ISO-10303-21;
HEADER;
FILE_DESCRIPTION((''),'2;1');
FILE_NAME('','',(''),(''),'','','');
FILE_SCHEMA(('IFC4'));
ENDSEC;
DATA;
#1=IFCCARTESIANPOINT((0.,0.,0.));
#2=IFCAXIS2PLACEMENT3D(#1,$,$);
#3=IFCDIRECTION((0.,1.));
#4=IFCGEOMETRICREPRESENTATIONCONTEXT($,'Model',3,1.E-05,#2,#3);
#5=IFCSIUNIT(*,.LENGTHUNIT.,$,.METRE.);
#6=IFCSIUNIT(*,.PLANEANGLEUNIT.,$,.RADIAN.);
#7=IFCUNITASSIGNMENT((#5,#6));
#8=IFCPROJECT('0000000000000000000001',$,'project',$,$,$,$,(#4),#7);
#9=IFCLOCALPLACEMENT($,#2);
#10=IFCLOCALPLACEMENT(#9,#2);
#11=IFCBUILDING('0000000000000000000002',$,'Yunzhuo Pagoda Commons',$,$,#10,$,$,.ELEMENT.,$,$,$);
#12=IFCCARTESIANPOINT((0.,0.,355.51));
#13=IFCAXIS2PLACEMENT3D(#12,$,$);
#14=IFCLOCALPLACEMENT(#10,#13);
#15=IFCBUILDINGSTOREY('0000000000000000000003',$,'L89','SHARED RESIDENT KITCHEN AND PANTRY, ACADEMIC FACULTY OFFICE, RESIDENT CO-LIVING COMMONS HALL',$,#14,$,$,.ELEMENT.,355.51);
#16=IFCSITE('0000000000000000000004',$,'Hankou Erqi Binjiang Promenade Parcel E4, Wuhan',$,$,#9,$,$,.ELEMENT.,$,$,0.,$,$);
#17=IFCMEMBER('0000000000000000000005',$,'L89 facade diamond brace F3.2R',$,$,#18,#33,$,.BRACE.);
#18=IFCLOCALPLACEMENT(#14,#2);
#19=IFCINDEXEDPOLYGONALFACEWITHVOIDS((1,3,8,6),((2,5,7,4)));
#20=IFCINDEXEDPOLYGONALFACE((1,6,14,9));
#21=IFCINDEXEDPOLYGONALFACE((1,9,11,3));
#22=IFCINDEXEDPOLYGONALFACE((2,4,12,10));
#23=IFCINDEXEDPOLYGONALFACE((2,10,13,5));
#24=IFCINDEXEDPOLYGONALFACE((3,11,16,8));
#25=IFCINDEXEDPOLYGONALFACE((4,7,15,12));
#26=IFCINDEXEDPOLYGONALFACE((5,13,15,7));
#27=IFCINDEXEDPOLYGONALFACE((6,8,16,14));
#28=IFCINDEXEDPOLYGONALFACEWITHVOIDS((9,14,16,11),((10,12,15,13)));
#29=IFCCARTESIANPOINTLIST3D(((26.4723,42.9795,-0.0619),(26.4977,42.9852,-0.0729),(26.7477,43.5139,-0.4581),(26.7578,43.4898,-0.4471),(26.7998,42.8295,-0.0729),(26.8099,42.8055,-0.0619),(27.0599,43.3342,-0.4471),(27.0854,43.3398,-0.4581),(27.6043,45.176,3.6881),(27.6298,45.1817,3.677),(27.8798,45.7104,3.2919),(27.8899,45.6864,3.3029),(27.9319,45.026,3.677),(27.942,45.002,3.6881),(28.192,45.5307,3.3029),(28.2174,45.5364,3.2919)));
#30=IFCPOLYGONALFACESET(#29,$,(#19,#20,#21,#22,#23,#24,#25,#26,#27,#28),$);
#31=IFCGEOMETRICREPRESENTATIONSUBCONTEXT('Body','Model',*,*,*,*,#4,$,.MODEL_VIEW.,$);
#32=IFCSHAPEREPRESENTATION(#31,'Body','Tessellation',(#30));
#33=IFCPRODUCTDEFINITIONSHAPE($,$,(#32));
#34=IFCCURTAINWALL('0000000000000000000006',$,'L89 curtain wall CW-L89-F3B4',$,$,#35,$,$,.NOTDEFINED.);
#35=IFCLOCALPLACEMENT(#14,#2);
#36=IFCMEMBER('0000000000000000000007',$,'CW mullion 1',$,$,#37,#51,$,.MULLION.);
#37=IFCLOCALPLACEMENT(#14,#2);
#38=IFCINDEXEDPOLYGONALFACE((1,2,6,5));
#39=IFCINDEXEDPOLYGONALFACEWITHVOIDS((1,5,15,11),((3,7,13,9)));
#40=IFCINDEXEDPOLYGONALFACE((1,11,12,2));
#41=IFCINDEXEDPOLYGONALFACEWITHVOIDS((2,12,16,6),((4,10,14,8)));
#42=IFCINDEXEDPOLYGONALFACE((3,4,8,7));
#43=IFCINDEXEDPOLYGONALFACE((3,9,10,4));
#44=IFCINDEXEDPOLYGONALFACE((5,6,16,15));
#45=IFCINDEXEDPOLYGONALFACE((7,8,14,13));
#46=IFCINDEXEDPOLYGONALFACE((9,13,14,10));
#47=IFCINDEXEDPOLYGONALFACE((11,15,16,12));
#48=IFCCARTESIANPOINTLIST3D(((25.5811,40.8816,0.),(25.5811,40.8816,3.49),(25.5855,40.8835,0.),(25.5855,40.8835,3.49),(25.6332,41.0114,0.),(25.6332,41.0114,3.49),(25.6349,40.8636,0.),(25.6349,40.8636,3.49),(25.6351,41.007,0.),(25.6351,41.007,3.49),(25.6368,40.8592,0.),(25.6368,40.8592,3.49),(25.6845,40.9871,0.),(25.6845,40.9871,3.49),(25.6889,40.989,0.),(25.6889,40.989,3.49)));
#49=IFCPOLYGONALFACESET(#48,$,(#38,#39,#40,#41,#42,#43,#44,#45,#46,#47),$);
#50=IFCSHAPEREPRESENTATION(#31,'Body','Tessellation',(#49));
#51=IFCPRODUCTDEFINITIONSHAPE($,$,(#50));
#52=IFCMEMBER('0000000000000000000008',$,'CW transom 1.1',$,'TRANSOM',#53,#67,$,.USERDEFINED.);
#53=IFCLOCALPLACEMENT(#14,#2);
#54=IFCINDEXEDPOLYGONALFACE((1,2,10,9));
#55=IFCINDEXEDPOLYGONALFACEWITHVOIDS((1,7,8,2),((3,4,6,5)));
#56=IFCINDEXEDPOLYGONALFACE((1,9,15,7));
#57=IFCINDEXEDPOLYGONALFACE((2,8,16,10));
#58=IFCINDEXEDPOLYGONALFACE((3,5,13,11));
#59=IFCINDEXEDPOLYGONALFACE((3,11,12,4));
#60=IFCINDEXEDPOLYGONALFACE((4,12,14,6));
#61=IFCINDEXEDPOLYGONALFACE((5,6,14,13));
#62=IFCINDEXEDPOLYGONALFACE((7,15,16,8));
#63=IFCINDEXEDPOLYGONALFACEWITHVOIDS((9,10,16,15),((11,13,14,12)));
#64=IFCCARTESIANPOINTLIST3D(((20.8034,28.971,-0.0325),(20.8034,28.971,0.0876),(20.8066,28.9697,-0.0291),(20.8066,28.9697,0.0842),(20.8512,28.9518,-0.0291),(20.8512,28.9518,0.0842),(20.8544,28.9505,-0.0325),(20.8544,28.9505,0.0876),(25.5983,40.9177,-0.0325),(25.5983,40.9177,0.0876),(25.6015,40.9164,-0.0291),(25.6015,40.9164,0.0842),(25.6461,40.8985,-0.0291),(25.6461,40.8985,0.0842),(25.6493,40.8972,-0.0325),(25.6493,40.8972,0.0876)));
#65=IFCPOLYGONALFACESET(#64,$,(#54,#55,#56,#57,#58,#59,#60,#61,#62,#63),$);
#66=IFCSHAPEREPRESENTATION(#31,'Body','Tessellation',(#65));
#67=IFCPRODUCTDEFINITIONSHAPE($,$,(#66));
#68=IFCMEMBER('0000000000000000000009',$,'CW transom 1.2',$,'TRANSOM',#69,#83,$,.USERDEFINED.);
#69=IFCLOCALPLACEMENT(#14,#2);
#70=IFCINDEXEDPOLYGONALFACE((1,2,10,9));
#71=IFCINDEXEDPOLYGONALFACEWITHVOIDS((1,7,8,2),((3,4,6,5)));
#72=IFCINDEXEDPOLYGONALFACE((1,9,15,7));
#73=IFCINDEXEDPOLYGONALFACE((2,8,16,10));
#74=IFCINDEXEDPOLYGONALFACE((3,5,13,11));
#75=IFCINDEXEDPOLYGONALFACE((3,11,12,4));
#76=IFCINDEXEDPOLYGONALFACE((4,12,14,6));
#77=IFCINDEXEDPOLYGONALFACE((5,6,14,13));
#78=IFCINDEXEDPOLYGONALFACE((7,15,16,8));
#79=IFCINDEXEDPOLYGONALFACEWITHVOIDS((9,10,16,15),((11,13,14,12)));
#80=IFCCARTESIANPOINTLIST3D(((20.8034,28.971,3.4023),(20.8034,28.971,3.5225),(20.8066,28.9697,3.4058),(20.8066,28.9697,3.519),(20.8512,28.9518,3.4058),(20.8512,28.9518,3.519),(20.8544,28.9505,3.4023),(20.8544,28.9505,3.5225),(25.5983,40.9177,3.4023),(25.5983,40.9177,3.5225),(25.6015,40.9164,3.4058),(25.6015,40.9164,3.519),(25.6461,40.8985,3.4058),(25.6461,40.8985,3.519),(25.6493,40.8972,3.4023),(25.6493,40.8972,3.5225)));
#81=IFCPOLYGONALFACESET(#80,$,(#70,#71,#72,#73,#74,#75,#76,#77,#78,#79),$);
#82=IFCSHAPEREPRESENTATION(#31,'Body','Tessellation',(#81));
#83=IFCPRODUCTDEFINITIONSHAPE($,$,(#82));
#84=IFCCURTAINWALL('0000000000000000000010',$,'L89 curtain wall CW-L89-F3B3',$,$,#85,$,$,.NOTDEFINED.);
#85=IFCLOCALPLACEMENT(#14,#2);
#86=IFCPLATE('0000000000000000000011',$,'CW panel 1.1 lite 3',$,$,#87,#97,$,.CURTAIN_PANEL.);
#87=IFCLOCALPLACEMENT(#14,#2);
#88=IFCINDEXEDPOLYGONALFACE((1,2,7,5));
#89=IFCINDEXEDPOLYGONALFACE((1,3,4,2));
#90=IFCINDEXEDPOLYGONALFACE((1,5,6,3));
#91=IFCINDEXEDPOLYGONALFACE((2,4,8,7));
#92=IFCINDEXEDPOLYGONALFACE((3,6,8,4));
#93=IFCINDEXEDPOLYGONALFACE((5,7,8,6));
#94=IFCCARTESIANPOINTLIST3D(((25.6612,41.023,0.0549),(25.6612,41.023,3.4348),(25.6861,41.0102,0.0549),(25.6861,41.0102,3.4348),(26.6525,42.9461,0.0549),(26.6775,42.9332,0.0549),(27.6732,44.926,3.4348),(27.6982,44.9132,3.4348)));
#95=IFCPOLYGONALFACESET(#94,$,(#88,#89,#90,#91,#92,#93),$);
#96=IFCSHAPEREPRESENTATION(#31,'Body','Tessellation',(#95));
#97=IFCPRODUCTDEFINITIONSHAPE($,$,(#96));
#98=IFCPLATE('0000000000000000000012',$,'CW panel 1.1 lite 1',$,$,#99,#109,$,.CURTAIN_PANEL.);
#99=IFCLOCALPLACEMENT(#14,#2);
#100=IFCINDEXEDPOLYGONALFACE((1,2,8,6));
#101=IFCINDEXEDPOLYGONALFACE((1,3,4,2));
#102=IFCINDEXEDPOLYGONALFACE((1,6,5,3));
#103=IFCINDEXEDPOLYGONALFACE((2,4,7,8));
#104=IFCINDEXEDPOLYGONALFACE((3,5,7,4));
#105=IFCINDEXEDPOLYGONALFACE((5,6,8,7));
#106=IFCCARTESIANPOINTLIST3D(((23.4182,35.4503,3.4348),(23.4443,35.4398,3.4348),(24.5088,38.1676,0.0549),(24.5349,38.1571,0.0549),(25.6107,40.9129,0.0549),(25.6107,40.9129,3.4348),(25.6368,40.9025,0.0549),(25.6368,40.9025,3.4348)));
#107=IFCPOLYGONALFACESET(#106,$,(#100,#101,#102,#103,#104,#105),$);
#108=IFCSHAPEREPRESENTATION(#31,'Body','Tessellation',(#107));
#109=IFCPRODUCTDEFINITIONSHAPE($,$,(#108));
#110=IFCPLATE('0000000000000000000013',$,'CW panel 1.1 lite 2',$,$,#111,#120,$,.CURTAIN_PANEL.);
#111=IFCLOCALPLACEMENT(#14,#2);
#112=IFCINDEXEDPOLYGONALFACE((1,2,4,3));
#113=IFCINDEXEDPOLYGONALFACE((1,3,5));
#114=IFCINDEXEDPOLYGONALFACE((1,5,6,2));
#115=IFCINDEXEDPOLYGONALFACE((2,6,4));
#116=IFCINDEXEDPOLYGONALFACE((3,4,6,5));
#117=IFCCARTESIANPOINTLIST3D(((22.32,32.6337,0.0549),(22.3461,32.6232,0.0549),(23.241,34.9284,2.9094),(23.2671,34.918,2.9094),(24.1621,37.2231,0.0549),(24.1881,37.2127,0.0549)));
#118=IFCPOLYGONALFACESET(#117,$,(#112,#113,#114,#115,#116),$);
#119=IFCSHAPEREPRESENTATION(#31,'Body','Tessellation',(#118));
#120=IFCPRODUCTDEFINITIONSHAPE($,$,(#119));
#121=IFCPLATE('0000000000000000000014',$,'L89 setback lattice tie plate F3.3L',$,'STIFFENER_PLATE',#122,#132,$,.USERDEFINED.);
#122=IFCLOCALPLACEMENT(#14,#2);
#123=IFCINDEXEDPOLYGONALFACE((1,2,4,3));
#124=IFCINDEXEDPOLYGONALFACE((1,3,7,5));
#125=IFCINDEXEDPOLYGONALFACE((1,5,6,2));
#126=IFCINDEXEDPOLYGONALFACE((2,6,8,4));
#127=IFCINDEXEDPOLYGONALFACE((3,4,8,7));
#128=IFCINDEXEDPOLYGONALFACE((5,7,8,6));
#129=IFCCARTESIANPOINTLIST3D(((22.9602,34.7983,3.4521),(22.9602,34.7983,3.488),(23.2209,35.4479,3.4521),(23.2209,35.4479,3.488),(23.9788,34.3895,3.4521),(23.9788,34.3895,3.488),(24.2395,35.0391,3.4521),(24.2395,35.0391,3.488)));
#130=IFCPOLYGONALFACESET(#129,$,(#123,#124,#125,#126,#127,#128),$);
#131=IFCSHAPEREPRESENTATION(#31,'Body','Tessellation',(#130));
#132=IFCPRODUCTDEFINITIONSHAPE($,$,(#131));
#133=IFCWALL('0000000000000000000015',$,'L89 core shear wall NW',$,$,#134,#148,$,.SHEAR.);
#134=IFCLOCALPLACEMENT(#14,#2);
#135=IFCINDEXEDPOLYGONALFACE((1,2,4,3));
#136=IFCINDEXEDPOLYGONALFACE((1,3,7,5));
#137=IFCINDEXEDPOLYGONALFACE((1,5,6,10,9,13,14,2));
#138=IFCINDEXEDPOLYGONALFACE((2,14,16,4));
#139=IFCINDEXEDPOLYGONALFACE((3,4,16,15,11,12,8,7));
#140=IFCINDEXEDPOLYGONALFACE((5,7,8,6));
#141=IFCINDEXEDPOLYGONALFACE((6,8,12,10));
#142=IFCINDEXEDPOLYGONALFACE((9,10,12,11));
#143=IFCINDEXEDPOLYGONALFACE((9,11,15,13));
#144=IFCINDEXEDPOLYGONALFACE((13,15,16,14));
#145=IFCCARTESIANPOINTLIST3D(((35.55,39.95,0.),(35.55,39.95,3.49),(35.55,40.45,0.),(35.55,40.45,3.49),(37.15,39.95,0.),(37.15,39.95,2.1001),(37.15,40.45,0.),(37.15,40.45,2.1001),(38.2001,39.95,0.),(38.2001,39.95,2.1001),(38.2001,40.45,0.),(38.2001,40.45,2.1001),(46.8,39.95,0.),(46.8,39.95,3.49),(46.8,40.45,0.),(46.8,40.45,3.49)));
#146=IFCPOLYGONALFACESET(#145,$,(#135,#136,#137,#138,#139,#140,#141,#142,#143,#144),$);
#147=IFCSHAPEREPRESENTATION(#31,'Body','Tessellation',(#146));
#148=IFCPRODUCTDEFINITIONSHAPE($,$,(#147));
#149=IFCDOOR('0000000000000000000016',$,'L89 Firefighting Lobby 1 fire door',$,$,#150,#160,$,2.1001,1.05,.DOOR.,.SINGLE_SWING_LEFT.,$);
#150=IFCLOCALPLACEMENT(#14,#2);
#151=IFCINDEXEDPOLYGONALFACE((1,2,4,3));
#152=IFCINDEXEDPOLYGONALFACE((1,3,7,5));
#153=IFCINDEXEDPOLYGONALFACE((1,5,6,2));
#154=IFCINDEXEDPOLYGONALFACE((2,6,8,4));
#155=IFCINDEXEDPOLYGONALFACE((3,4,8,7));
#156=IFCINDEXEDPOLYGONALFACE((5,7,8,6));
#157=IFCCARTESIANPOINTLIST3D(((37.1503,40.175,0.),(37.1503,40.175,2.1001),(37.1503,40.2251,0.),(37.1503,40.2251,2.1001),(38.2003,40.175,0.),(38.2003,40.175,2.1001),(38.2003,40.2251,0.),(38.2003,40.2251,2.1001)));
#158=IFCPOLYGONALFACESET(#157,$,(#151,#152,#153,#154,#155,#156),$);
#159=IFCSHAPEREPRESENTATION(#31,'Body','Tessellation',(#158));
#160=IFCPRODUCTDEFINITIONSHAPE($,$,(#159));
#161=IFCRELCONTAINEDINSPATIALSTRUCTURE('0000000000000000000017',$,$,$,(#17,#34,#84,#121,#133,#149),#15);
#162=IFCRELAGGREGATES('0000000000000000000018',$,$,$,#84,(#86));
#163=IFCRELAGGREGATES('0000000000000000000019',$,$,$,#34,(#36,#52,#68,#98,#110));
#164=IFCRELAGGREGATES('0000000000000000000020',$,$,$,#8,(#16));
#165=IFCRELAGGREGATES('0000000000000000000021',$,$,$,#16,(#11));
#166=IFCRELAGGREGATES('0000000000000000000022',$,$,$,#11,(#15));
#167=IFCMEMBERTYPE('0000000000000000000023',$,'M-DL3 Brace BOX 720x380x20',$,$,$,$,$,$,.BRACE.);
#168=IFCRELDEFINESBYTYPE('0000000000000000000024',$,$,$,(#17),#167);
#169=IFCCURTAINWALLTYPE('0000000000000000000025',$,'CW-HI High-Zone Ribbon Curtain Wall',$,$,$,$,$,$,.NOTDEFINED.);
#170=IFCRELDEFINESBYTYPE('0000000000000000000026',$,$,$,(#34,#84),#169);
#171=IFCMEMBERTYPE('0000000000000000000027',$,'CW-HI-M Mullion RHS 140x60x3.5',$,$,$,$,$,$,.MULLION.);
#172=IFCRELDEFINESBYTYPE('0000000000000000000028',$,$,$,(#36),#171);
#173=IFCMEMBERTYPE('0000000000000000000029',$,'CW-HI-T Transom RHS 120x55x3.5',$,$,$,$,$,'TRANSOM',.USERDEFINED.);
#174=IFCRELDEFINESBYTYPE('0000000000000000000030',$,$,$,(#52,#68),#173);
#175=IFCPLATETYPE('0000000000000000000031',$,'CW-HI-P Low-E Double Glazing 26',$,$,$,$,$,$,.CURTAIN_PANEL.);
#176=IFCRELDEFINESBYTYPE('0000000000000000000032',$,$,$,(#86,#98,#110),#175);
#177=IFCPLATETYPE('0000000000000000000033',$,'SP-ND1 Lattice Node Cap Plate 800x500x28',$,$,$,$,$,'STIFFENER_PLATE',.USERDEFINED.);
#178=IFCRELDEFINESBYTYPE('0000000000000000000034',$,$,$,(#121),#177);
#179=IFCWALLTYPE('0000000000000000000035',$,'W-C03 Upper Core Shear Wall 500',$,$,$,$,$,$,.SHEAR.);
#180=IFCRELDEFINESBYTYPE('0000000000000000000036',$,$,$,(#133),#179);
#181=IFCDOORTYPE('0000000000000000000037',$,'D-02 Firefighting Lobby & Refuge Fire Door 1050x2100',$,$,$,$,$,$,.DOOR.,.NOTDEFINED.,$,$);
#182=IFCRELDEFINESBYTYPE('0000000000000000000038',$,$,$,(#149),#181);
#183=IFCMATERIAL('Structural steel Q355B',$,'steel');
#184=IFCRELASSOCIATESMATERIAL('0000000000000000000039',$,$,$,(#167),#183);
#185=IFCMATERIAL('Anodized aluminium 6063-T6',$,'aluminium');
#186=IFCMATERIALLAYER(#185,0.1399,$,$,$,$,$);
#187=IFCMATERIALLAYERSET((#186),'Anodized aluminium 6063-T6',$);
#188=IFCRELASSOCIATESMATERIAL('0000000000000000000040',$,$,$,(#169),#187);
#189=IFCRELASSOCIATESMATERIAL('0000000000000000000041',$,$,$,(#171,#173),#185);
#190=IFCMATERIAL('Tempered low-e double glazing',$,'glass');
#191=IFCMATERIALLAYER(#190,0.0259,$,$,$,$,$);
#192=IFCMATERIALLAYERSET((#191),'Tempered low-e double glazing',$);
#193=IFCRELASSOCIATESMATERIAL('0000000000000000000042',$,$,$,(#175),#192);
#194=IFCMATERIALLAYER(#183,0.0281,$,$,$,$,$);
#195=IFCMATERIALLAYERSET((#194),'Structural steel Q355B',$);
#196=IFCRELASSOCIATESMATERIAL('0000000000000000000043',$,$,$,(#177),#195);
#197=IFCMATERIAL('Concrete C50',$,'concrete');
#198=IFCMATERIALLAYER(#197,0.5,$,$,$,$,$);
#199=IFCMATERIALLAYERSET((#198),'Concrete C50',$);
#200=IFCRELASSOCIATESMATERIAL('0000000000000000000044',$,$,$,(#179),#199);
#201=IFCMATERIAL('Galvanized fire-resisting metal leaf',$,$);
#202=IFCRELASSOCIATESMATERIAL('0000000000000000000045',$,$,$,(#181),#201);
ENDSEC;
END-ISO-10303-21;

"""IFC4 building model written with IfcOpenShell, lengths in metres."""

from ifc_helpers import new_model, si_unit, direction, frame, frame_2d, origin, origin_2d, place, context, subcontext, project, spatial, polyline, rectangle, hollow_rectangle, outline, extrude, source, transform, mapped, material, layer, layer_set, material_profile, profile_set, type_object, element, fill, aggregate, save


model = new_model("IFC4")

# Units and contexts
model_context = context("Model", 3, precision=1e-05, world=origin(), true_north=direction((0.0, 1.0)))
body_context = subcontext(model_context, "Body", "Model", "MODEL_VIEW")
ifc_project = project(units=[si_unit("LENGTHUNIT", "METRE"), si_unit("PLANEANGLEUNIT", "RADIAN")], contexts=[model_context])

# Site, building, storey
site_placement = place(None, origin())
site = spatial("IfcSite", under=ifc_project, at=site_placement, Name="Hankou Erqi Binjiang Promenade Parcel E4, Wuhan", CompositionType="ELEMENT", RefElevation=0.0)
building_placement = place(site_placement, origin())
building = spatial("IfcBuilding", under=site, at=building_placement, Name="Yunzhuo Pagoda Commons", CompositionType="ELEMENT")
storey_placement = place(building_placement, frame((0.0, 0.0, 355.51)))
storey = spatial("IfcBuildingStorey", under=building, at=storey_placement, Name="L89", Description="SHARED RESIDENT KITCHEN AND PANTRY, ACADEMIC FACULTY OFFICE, RESIDENT CO-LIVING COMMONS HALL", CompositionType="ELEMENT", Elevation=355.51)

# Shared definitions
ifc_material_1 = material(Name="Structural steel Q355B", Category="steel")

# Member
ifc_material_profile_1 = material_profile(ifc_material_1, hollow_rectangle(XDim=0.3799, YDim=0.72, WallThickness=0.02, at=origin_2d()), Name="Structural steel Q355B")
ifc_profile_set_1 = profile_set([ifc_material_profile_1], Name="Structural steel Q355B")
member_type_1 = type_object("IfcMemberType", Name="M-DL3 Brace BOX 720x380x20", PredefinedType="BRACE", material=ifc_profile_set_1)
shared_shape_1 = source(origin(), body_context, "Body", "SweptSolid", [
    extrude(hollow_rectangle(XDim=0.3799, YDim=0.72, WallThickness=0.02, at=origin_2d()), origin(), (0.0, 0.0, 1.0), 4.491),
])
member_1_placement = place(storey_placement, frame((26.7788, 43.1597, -0.26), z_axis=(0.252079, 0.489099, 0.835008), x_axis=(-0.888887, 0.458127, 0.0)))
element("IfcMember", 1, at=member_1_placement, inside=storey, type_object=member_type_1, Name="L89 facade diamond brace F3.2R", PredefinedType="BRACE", context=body_context, shape_type="MappedRepresentation", body=[
    mapped(shared_shape_1, transform((0.0, 0.0, 0.0), scale=1.0)),
])

# Curtain wall, members
ifc_material_2 = material(Name="Anodized aluminium 6063-T6", Category="aluminium")
ifc_layer_1 = layer(ifc_material_2, 0.1399)
ifc_layer_set_1 = layer_set([ifc_layer_1], Name="Anodized aluminium 6063-T6")
curtain_wall_type = type_object("IfcCurtainWallType", Name="CW-HI High-Zone Ribbon Curtain Wall", PredefinedType="NOTDEFINED", material=ifc_layer_set_1)
curtain_wall_1_placement = place(storey_placement, origin())
curtain_wall_1 = element("IfcCurtainWall", 2, at=curtain_wall_1_placement, inside=storey, type_object=curtain_wall_type, Name="L89 curtain wall CW-L89-F3B4", PredefinedType="NOTDEFINED")
ifc_material_profile_2 = material_profile(ifc_material_2, hollow_rectangle(XDim=0.0601, YDim=0.1399, WallThickness=0.0034, at=origin_2d()), Name="Anodized aluminium 6063-T6")
ifc_profile_set_2 = profile_set([ifc_material_profile_2], Name="Anodized aluminium 6063-T6")
member_type_2 = type_object("IfcMemberType", Name="CW-HI-M Mullion RHS 140x60x3.5", PredefinedType="MULLION", material=ifc_profile_set_2)
shared_shape_2 = source(origin(), body_context, "Body", "SweptSolid", [
    extrude(hollow_rectangle(XDim=0.0601, YDim=0.1399, WallThickness=0.0034, at=origin_2d()), origin(), (0.0, 0.0, 1.0), 3.49),
])
member_2_placement = place(storey_placement, frame((25.635, 40.9353, 0.0), z_axis=(0.0, 0.0, 1.0), x_axis=(0.928039, -0.372483, 0.0)))
member_2 = element("IfcMember", 3, at=member_2_placement, type_object=member_type_2, Name="CW mullion 1", PredefinedType="MULLION", context=body_context, shape_type="MappedRepresentation", body=[
    mapped(shared_shape_2, transform((0.0, 0.0, 0.0), scale=1.0)),
])
ifc_material_profile_3 = material_profile(ifc_material_2, hollow_rectangle(XDim=0.0549, YDim=0.1201, WallThickness=0.0034, at=origin_2d()), Name="Anodized aluminium 6063-T6")
ifc_profile_set_3 = profile_set([ifc_material_profile_3], Name="Anodized aluminium 6063-T6")
member_type_3 = type_object("IfcMemberType", Name="CW-HI-T Transom RHS 120x55x3.5", ElementType="TRANSOM", PredefinedType="USERDEFINED", material=ifc_profile_set_3)
shared_shape_3 = source(origin(), body_context, "Body", "SweptSolid", [
    extrude(hollow_rectangle(XDim=0.0549, YDim=0.1201, WallThickness=0.0034, at=origin_2d()), origin(), (0.0, 0.0, 1.0), 12.873),
])
member_3_placement = place(storey_placement, frame((25.6238, 40.9075, 0.0276), z_axis=(-0.372476, -0.928042, 0.0), x_axis=(0.928042, -0.372476, 0.0)))
member_3 = element("IfcMember", 4, at=member_3_placement, type_object=member_type_3, Name="CW transom 1.1", ObjectType="TRANSOM", PredefinedType="USERDEFINED", context=body_context, shape_type="MappedRepresentation", body=[
    mapped(shared_shape_3, transform((0.0, 0.0, 0.0), scale=1.0)),
])
member_4_placement = place(storey_placement, frame((25.6238, 40.9075, 3.4624), z_axis=(-0.372476, -0.928042, 0.0), x_axis=(0.928042, -0.372476, 0.0)))
member_4 = element("IfcMember", 5, at=member_4_placement, type_object=member_type_3, Name="CW transom 1.2", ObjectType="TRANSOM", PredefinedType="USERDEFINED", context=body_context, shape_type="MappedRepresentation", body=[
    mapped(shared_shape_3, transform((0.0, 0.0, 0.0), scale=1.0)),
])

# Curtain wall, plate
curtain_wall_2_placement = place(storey_placement, origin())
curtain_wall_2 = element("IfcCurtainWall", 6, at=curtain_wall_2_placement, inside=storey, type_object=curtain_wall_type, Name="L89 curtain wall CW-L89-F3B3", PredefinedType="NOTDEFINED")
ifc_material_3 = material(Name="Tempered low-e double glazing", Category="glass")
ifc_layer_2 = layer(ifc_material_3, 0.0259)
ifc_layer_set_2 = layer_set([ifc_layer_2], Name="Tempered low-e double glazing")
plate_type_1 = type_object("IfcPlateType", Name="CW-HI-P Low-E Double Glazing 26", PredefinedType="CURTAIN_PANEL", material=ifc_layer_set_2)
plate_1_placement = place(storey_placement, frame((26.6921, 42.9617, 1.7449), z_axis=(-0.888846, 0.458207, 0.0), x_axis=(-0.458207, -0.888846, 0.0)))
plate_1 = element("IfcPlate", 7, at=plate_1_placement, type_object=plate_type_1, Name="CW panel 1.1 lite 3", PredefinedType="CURTAIN_PANEL", context=body_context, shape_type="SweptSolid", body=[
    extrude(outline(polyline([(-2.1956, 1.6899), (0.032, -1.6899), (2.1956, -1.6899), (2.1956, 1.6899), (-2.1956, 1.6899)])), origin(), (0.0, 0.0, 1.0), 0.0281),
])
aggregate(curtain_wall_2, [plate_1])

# Plates
plate_2_placement = place(storey_placement, frame((24.5405, 38.1711, 1.7449), z_axis=(-0.928039, 0.372483, 0.0), x_axis=(-0.372483, -0.928039, 0.0)))
plate_2 = element("IfcPlate", 8, at=plate_2_placement, type_object=plate_type_1, Name="CW panel 1.1 lite 1", PredefinedType="CURTAIN_PANEL", context=body_context, shape_type="SweptSolid", body=[
    extrude(outline(polyline([(-2.9431, -1.6899), (0.0151, -1.6899), (2.9431, 1.6899), (-2.9431, 1.6899), (-2.9431, -1.6899)])), origin(), (0.0, 0.0, 1.0), 0.0281),
])
plate_3_placement = place(storey_placement, frame((23.2671, 34.918, 1.4822), z_axis=(-0.928039, 0.372483, 0.0), x_axis=(-0.372483, -0.928039, 0.0)))
plate_3 = element("IfcPlate", 9, at=plate_3_placement, type_object=plate_type_1, Name="CW panel 1.1 lite 2", PredefinedType="CURTAIN_PANEL", context=body_context, shape_type="SweptSolid", body=[
    extrude(outline(polyline([(-2.4727, -1.4272), (2.4727, -1.4272), (0.0, 1.4272), (-2.4727, -1.4272)])), origin(), (0.0, 0.0, 1.0), 0.0281),
])
aggregate(curtain_wall_1, [member_2, member_3, member_4, plate_2, plate_3])
ifc_layer_3 = layer(ifc_material_1, 0.0281)
ifc_layer_set_3 = layer_set([ifc_layer_3], Name="Structural steel Q355B")
plate_type_2 = type_object("IfcPlateType", Name="SP-ND1 Lattice Node Cap Plate 800x500x28", ElementType="STIFFENER_PLATE", PredefinedType="USERDEFINED", material=ifc_layer_set_3)
shared_shape_4 = source(origin(), body_context, "Body", "SweptSolid", [
    extrude(rectangle(XDim=0.7, YDim=1.0977, at=origin_2d()), origin(), (0.0, 0.0, 1.0), 0.0359),
])
plate_4_placement = place(storey_placement, frame((23.5999, 34.9187, 3.4521), z_axis=(0.0, 0.0, 1.0), x_axis=(-0.372486, -0.928038, 0.0)))
element("IfcPlate", 10, at=plate_4_placement, inside=storey, type_object=plate_type_2, Name="L89 setback lattice tie plate F3.3L", ObjectType="STIFFENER_PLATE", PredefinedType="USERDEFINED", context=body_context, shape_type="MappedRepresentation", body=[
    mapped(shared_shape_4, transform((0.0, 0.0, 0.0), scale=1.0)),
])

# Wall, opening, door
ifc_material_4 = material(Name="Concrete C50", Category="concrete")
ifc_layer_4 = layer(ifc_material_4, 0.5)
ifc_layer_set_4 = layer_set([ifc_layer_4], Name="Concrete C50")
wall_type_1 = type_object("IfcWallType", Name="W-C03 Upper Core Shear Wall 500", PredefinedType="SHEAR", material=ifc_layer_set_4)
wall_1_placement = place(storey_placement, frame((35.55, 40.2, 0.0), z_axis=(0.0, 0.0, 1.0), x_axis=(1.0, 0.0, 0.0)))
wall_1 = element("IfcWall", 11, at=wall_1_placement, inside=storey, type_object=wall_type_1, Name="L89 core shear wall NW", PredefinedType="SHEAR", context=body_context, shape_type="SweptSolid", body=[
    extrude(rectangle(XDim=11.25, YDim=0.5, at=frame_2d((5.625, 0.0))), origin(), (0.0, 0.0, 1.0), 3.49),
])
opening_placement = place(wall_1_placement, frame((1.6001, 0.0, 0.0)))
opening = element("IfcOpeningElement", 12, at=opening_placement, cuts=wall_1, PredefinedType="OPENING", context=body_context, shape_type="SweptSolid", body=[
    extrude(rectangle(XDim=1.05, YDim=2.1001, at=frame_2d((0.5249, 1.05))), frame((0.0, 0.26, 0.0), z_axis=(0.0, -1.0, 0.0), x_axis=(1.0, 0.0, 0.0)), (0.0, 0.0, 1.0), 0.52),
])
ifc_material_5 = material(Name="Galvanized fire-resisting metal leaf")
door_type = type_object("IfcDoorType", Name="D-02 Firefighting Lobby & Refuge Fire Door 1050x2100", OperationType="NOTDEFINED", PredefinedType="DOOR", material=ifc_material_5)
shared_shape_5 = source(origin(), body_context, "Body", "SweptSolid", [
    extrude(rectangle(XDim=1.05, YDim=2.1001, at=frame_2d((0.5249, 1.05))), frame((0.0, 0.0249, 0.0), z_axis=(0.0, -1.0, 0.0), x_axis=(1.0, 0.0, 0.0)), (0.0, 0.0, 1.0), 0.05),
])
door_placement = place(opening_placement, frame((1.05, 0.0, 0.0), z_axis=(0.0, 0.0, 1.0), x_axis=(-1.0, 0.0, 0.0)))
door = element("IfcDoor", 13, at=door_placement, inside=storey, type_object=door_type, Name="L89 Firefighting Lobby 1 fire door", OperationType="SINGLE_SWING_LEFT", OverallHeight=2.1001, OverallWidth=1.05, PredefinedType="DOOR", context=body_context, shape_type="MappedRepresentation", body=[
    mapped(shared_shape_5, transform((0.0, 0.0, 0.0), scale=1.0)),
])
fill(opening, door)

save(model, "model.ifc")
